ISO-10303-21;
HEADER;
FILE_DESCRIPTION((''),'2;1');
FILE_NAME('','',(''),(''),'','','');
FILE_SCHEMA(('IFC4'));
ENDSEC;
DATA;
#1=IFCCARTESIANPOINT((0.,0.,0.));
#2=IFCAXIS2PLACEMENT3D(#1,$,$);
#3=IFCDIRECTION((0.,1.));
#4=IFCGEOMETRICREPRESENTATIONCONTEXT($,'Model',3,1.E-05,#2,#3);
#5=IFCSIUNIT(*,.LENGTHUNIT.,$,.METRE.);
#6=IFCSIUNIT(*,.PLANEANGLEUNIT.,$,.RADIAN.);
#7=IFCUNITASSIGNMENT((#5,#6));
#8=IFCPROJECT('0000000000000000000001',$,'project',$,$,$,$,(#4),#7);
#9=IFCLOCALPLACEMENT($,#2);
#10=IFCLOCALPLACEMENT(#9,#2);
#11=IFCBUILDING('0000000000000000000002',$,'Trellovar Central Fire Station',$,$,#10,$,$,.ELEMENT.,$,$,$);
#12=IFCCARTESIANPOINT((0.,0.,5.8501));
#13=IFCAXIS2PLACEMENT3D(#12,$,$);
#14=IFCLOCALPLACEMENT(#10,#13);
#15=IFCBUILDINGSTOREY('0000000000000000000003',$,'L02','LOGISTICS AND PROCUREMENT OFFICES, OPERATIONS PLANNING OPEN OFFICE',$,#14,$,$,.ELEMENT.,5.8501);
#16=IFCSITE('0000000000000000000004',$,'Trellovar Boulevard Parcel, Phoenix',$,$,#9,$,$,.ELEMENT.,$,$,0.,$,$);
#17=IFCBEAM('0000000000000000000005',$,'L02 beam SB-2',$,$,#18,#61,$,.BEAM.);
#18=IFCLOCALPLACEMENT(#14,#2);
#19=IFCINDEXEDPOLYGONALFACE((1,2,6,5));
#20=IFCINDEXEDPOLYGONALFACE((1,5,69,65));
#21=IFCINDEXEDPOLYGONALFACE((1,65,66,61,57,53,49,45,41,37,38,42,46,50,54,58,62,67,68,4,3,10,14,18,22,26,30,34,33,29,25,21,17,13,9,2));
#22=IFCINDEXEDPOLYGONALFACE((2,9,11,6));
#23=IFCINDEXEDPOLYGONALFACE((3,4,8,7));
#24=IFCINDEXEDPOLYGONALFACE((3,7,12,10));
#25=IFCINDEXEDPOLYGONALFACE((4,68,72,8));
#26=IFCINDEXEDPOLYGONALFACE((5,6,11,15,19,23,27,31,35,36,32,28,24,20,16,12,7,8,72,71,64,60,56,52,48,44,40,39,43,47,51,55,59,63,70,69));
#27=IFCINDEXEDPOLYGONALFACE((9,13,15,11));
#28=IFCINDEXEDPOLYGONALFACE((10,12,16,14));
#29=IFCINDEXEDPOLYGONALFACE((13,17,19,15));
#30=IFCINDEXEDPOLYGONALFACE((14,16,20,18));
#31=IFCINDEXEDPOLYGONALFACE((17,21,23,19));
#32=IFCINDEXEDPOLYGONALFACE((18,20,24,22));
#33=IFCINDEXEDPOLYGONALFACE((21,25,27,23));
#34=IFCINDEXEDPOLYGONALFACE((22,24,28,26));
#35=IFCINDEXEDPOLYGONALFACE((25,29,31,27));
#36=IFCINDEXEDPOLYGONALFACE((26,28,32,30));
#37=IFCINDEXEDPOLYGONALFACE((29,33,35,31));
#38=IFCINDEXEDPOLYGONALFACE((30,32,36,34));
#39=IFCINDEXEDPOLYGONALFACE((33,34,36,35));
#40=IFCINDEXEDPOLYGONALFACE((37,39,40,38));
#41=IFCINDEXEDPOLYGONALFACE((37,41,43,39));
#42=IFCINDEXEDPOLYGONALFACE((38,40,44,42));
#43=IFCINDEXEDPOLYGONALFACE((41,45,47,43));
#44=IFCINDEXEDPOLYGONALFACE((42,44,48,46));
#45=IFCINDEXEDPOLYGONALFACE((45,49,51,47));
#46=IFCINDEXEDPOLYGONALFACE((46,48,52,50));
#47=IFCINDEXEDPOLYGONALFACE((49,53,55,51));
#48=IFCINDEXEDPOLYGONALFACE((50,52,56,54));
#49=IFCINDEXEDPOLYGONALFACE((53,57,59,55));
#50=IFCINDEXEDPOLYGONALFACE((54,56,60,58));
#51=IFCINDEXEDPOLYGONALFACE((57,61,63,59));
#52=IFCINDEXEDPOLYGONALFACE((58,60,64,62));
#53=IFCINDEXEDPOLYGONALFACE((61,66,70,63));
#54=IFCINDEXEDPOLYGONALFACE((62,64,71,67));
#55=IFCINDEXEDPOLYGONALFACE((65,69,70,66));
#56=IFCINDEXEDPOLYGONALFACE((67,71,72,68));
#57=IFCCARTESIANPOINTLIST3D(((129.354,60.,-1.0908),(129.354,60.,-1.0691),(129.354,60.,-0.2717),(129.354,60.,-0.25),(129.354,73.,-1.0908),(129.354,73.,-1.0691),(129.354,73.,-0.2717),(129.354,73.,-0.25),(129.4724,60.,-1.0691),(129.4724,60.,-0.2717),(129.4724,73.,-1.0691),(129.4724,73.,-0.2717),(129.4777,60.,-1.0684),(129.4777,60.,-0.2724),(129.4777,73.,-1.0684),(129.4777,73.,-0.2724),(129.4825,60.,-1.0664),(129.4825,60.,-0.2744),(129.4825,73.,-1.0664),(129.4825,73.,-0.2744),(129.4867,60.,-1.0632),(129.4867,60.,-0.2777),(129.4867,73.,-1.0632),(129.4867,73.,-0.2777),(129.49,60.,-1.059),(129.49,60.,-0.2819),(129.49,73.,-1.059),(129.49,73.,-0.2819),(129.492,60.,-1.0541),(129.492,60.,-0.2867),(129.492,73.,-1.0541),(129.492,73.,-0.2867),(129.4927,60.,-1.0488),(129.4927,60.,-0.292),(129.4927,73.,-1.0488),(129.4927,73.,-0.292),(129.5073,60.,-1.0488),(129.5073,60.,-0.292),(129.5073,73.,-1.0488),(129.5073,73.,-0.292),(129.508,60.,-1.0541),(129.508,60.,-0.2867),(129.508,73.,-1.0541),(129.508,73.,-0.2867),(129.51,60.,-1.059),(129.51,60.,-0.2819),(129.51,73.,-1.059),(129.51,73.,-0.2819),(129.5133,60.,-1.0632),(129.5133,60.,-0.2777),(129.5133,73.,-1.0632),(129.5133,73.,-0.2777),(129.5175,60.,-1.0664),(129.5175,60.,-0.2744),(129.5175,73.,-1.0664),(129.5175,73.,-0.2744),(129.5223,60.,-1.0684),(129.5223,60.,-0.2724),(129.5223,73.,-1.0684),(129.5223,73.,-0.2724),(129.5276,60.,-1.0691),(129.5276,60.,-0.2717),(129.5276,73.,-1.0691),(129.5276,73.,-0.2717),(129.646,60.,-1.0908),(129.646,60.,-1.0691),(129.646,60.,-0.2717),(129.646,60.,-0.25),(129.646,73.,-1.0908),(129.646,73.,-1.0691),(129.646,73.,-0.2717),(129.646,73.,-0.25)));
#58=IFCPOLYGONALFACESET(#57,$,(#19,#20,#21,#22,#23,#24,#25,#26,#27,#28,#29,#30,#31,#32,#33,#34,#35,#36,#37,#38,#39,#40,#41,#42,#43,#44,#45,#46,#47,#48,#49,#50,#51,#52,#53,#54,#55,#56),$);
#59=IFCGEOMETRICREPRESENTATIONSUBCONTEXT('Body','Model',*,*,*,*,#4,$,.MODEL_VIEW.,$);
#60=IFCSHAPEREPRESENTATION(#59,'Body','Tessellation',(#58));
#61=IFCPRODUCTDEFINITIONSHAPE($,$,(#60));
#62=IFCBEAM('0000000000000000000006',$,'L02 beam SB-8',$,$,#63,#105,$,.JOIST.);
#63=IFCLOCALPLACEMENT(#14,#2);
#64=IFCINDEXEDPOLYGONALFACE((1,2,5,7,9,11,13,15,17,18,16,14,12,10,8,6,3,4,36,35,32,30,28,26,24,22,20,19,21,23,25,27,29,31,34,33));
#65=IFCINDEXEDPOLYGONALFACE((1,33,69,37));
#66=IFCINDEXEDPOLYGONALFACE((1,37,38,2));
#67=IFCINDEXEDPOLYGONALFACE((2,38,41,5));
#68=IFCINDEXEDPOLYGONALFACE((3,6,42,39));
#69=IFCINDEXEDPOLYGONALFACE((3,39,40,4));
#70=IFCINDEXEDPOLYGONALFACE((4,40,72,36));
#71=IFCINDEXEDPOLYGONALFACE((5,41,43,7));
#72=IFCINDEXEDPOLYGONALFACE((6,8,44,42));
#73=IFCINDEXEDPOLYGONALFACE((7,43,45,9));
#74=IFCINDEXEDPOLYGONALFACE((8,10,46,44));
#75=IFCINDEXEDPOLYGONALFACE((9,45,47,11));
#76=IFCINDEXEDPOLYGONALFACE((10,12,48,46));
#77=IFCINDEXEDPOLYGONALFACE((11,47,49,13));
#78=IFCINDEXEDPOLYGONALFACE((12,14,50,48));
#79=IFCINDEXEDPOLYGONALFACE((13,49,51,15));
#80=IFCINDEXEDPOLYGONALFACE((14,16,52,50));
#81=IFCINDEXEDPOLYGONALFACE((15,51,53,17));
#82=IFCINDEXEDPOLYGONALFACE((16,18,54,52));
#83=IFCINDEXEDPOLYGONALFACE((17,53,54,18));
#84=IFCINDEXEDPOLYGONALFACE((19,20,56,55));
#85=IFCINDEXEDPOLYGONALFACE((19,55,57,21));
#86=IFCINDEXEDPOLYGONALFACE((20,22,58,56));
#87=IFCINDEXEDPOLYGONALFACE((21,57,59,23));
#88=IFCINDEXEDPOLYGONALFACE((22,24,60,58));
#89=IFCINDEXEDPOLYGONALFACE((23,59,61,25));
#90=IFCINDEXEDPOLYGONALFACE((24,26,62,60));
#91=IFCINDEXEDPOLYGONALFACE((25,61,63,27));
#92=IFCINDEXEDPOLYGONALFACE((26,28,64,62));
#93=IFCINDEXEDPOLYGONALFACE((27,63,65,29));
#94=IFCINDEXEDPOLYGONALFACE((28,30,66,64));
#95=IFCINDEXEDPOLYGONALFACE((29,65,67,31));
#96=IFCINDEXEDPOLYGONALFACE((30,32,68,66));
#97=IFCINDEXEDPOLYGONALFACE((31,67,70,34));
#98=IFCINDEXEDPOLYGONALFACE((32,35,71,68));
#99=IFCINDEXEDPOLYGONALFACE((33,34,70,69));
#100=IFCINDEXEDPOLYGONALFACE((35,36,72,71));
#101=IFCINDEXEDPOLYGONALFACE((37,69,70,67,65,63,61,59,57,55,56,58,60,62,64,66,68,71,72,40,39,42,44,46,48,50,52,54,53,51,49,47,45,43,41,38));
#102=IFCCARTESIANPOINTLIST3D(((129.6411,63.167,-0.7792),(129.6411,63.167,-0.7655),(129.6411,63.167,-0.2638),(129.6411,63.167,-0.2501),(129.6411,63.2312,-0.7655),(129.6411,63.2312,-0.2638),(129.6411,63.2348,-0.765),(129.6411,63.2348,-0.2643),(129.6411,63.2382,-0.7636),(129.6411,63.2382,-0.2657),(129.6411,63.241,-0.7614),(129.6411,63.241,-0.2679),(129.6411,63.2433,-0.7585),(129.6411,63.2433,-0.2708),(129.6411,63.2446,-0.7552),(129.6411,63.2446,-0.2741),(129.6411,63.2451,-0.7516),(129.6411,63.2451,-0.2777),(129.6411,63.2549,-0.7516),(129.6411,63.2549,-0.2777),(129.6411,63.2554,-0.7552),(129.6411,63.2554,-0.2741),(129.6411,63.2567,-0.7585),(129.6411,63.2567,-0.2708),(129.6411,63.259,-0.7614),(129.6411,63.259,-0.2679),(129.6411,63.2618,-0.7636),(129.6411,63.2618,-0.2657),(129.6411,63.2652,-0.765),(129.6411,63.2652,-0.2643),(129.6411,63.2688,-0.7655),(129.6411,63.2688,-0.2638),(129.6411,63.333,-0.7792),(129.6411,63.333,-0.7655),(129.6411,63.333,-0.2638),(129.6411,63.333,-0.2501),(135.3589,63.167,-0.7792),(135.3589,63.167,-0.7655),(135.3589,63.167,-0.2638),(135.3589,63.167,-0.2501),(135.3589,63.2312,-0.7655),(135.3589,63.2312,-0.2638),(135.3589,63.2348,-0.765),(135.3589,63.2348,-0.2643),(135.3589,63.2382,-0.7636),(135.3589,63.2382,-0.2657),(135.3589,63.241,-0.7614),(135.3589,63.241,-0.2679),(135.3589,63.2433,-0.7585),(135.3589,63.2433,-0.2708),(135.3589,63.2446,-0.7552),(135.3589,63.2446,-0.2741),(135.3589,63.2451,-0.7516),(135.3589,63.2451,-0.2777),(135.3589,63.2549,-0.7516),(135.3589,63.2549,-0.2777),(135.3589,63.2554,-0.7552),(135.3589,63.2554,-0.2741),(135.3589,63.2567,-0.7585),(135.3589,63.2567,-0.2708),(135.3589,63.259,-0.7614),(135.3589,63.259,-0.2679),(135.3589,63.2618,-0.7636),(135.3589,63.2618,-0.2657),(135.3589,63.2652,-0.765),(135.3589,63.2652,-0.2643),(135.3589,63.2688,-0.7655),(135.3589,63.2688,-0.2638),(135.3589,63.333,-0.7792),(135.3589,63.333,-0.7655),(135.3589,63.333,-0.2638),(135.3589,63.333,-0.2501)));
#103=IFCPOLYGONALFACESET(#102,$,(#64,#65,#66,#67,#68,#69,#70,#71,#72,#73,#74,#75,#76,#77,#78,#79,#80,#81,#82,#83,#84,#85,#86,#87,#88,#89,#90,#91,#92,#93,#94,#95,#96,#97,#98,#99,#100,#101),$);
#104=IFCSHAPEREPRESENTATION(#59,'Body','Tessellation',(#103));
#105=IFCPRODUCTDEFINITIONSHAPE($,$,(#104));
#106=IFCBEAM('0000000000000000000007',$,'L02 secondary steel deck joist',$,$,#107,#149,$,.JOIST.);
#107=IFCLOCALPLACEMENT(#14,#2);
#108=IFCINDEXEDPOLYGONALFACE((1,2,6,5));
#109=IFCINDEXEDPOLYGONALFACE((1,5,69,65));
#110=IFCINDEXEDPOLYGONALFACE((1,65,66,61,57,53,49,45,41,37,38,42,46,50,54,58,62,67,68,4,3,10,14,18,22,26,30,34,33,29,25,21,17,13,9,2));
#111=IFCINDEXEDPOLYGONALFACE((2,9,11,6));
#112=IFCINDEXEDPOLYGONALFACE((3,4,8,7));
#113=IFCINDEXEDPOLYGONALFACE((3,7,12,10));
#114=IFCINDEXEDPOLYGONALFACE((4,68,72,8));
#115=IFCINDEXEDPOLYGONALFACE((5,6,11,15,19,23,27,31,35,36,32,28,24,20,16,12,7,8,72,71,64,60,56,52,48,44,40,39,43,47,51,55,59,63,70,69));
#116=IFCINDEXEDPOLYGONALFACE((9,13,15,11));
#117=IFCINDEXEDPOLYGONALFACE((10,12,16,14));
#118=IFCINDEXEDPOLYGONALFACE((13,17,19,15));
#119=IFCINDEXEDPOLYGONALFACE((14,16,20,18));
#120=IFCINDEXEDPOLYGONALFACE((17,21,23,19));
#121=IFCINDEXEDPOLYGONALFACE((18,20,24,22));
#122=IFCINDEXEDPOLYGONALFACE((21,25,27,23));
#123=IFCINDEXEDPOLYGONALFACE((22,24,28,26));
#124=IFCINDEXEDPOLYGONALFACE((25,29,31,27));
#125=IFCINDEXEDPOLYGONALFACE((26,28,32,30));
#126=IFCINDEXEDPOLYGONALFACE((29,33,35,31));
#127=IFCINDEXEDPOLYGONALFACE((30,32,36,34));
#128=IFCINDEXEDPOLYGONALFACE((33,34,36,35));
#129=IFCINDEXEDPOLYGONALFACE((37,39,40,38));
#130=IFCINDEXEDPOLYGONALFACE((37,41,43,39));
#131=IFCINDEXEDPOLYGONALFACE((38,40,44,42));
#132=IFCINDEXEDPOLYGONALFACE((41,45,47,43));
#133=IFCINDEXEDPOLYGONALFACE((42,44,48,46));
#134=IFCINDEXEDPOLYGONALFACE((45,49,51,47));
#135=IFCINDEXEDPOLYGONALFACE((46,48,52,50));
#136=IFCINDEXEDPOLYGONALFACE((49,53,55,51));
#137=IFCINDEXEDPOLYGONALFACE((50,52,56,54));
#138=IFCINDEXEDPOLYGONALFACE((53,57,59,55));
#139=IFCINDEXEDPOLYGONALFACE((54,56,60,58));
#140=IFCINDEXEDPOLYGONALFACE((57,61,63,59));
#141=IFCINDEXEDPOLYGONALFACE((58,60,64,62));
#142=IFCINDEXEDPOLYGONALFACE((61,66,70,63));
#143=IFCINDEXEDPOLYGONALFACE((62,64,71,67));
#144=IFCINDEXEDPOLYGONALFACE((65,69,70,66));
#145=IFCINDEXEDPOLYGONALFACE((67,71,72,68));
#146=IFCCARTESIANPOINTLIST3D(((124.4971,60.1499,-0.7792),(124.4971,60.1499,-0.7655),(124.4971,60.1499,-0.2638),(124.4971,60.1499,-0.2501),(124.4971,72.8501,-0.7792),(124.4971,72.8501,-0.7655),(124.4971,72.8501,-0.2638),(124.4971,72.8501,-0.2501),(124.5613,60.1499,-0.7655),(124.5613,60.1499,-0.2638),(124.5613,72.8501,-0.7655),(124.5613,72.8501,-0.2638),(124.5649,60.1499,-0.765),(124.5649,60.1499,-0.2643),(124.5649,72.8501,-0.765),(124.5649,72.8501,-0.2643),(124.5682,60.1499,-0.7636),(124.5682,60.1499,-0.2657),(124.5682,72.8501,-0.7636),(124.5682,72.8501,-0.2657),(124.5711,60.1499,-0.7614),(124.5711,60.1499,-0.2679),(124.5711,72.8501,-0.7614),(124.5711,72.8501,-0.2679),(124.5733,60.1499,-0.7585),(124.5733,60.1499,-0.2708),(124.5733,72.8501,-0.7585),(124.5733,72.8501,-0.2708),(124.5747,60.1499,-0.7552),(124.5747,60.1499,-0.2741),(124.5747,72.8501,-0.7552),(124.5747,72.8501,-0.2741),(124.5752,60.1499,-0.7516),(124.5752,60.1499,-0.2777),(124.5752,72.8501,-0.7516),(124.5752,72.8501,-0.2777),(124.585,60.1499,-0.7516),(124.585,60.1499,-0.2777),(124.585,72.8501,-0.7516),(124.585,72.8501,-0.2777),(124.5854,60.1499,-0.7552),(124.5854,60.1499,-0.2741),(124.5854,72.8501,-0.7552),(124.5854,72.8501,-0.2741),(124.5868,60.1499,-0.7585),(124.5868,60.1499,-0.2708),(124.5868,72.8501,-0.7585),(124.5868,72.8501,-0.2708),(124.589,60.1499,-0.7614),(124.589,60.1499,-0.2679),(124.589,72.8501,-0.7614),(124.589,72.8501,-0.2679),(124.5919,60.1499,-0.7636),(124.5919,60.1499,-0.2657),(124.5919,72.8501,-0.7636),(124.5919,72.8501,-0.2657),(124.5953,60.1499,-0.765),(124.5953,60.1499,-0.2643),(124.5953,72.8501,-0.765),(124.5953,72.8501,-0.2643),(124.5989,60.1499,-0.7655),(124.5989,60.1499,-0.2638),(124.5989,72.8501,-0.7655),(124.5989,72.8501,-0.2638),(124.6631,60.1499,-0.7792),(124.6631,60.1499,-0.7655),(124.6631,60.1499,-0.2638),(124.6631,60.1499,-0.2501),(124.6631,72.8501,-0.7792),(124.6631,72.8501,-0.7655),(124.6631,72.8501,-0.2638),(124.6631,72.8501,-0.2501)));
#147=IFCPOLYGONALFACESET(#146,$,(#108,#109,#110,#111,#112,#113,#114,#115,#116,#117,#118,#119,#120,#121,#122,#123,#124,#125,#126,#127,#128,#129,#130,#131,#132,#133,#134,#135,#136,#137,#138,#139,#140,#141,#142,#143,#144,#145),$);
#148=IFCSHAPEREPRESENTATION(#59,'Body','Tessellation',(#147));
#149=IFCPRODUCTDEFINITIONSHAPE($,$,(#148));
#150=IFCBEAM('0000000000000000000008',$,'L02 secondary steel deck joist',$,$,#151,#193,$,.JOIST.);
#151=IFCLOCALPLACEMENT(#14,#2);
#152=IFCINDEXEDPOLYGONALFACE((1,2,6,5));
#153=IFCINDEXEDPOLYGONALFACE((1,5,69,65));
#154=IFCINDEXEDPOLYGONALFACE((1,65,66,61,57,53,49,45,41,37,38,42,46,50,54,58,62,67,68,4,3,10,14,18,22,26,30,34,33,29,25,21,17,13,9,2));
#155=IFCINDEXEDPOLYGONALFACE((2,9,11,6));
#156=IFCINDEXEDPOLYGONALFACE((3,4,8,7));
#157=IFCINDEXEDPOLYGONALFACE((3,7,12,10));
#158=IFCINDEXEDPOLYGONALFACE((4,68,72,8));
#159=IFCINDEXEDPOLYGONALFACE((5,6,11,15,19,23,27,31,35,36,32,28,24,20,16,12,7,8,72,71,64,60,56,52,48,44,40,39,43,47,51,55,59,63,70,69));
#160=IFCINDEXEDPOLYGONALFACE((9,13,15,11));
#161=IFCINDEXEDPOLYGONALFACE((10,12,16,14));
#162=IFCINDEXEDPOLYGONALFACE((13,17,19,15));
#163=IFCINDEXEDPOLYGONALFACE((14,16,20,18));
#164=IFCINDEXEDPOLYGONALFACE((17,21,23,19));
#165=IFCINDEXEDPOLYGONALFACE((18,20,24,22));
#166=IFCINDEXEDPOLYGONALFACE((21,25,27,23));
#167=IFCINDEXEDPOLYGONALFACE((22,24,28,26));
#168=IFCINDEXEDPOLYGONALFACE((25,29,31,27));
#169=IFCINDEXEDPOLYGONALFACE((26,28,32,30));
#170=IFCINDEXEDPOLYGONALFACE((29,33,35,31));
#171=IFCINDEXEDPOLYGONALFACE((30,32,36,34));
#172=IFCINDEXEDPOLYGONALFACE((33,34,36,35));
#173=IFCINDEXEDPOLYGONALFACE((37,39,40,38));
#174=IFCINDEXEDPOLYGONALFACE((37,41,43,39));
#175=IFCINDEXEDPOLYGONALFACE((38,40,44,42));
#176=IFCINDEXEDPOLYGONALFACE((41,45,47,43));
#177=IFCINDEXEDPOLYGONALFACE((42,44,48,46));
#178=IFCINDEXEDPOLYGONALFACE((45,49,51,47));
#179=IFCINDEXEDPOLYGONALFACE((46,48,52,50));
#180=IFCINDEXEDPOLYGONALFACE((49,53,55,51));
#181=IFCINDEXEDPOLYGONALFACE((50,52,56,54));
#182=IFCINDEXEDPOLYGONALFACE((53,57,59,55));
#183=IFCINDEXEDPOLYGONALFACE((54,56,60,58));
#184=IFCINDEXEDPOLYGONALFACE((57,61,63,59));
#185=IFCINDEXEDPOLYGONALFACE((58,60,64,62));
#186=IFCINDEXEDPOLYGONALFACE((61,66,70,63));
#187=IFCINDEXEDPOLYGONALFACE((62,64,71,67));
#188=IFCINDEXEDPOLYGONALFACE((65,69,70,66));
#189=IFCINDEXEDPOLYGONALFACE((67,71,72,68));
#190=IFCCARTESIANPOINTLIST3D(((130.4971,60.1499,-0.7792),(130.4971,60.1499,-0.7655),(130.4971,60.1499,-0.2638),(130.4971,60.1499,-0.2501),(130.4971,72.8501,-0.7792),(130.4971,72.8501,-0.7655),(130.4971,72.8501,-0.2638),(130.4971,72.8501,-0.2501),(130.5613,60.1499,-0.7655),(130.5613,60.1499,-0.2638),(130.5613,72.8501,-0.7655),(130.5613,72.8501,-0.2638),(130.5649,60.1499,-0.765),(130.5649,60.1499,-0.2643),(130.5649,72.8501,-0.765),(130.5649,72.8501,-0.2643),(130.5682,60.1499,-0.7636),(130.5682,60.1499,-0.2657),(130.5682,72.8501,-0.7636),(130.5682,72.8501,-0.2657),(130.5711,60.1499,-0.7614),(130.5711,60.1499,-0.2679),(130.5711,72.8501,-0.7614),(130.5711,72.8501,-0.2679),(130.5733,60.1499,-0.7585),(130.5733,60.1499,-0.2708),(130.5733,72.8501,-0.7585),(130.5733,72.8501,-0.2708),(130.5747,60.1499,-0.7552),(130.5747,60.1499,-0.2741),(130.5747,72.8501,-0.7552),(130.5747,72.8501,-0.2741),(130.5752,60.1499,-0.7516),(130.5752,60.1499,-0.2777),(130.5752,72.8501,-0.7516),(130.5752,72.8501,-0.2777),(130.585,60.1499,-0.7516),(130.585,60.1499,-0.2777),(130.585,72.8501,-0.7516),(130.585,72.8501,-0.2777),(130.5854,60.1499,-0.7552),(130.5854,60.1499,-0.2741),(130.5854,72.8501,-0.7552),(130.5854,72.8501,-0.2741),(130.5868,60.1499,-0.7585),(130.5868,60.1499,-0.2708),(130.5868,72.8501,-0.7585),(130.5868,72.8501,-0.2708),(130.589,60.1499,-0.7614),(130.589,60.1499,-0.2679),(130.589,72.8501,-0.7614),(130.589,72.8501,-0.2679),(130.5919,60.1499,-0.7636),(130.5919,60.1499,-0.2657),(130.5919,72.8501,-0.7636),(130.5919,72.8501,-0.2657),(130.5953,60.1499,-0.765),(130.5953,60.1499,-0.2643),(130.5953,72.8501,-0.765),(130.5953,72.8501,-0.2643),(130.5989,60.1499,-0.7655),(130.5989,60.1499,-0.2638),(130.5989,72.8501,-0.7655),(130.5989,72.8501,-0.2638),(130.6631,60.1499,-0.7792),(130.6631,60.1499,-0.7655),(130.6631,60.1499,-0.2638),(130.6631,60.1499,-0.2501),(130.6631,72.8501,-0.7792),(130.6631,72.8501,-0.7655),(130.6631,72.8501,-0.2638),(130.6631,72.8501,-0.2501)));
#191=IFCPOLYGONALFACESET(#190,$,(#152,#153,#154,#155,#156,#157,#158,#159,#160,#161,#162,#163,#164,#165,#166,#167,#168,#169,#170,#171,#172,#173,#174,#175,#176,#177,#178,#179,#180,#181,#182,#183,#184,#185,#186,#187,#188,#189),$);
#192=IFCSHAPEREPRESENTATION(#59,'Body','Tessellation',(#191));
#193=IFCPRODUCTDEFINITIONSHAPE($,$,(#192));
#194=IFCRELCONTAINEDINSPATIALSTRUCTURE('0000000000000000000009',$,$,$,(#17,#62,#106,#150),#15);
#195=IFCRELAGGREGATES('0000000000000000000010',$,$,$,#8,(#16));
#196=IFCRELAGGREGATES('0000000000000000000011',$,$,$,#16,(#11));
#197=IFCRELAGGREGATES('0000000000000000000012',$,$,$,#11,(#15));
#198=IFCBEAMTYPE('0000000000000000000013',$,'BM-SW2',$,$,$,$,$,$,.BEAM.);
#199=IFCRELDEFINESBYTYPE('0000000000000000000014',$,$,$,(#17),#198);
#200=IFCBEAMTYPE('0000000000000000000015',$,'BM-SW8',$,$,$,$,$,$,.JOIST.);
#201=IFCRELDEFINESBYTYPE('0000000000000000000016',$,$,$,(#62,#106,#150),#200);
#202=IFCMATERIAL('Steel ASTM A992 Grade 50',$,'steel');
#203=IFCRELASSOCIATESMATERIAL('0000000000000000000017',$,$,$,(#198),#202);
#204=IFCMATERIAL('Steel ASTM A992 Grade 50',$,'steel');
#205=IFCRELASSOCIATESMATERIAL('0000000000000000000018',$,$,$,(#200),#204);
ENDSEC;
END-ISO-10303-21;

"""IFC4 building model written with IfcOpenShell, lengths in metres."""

from ifc_helpers import new_model, si_unit, direction, frame, origin, origin_2d, place, context, subcontext, project, spatial, i_section, extrude, material, material_profile, profile_set, type_object, element, save


model = new_model("IFC4")

# Units and contexts
model_context = context("Model", 3, precision=1e-05, world=origin(), true_north=direction((0.0, 1.0)))
body_context = subcontext(model_context, "Body", "Model", "MODEL_VIEW")
ifc_project = project(units=[si_unit("LENGTHUNIT", "METRE"), si_unit("PLANEANGLEUNIT", "RADIAN")], contexts=[model_context])

# Site, building, storey
site_placement = place(None, origin())
site = spatial("IfcSite", under=ifc_project, at=site_placement, Name="Trellovar Boulevard Parcel, Phoenix", CompositionType="ELEMENT", RefElevation=0.0)
building_placement = place(site_placement, origin())
building = spatial("IfcBuilding", under=site, at=building_placement, Name="Trellovar Central Fire Station", CompositionType="ELEMENT")
storey_placement = place(building_placement, frame((0.0, 0.0, 5.8501)))
storey = spatial("IfcBuildingStorey", under=building, at=storey_placement, Name="L02", Description="LOGISTICS AND PROCUREMENT OFFICES, OPERATIONS PLANNING OPEN OFFICE", CompositionType="ELEMENT", Elevation=5.8501)

# Beams
ifc_material_1 = material(Name="Steel ASTM A992 Grade 50", Category="steel")
ifc_material_profile_1 = material_profile(ifc_material_1, i_section(OverallWidth=0.292, OverallDepth=0.8408, WebThickness=0.0146, FlangeThickness=0.0217, FilletRadius=0.0203, at=origin_2d()), Name="W33X130")
ifc_profile_set_1 = profile_set([ifc_material_profile_1], Name="Steel ASTM A992 Grade 50")
beam_type_1 = type_object("IfcBeamType", Name="BM-SW2", PredefinedType="BEAM", material=ifc_profile_set_1)
beam_1_placement = place(storey_placement, frame((129.5, 60.0, -0.6704), z_axis=(0.0, 1.0, 0.0), x_axis=(-1.0, 0.0, 0.0)))
element("IfcBeam", 1, at=beam_1_placement, inside=storey, type_object=beam_type_1, Name="L02 beam SB-2", PredefinedType="BEAM", context=body_context, shape_type="SweptSolid", body=[
    extrude(i_section(OverallWidth=0.292, OverallDepth=0.8408, WebThickness=0.0146, FlangeThickness=0.0217, FilletRadius=0.0203, at=origin_2d()), origin(), (0.0, 0.0, 1.0), 13.0),
])
ifc_material_2 = material(Name="Steel ASTM A992 Grade 50", Category="steel")
ifc_material_profile_2 = material_profile(ifc_material_2, i_section(OverallWidth=0.166, OverallDepth=0.5291, WebThickness=0.0098, FlangeThickness=0.0137, FilletRadius=0.0139, at=origin_2d()), Name="W21X50")
ifc_profile_set_2 = profile_set([ifc_material_profile_2], Name="Steel ASTM A992 Grade 50")
beam_type_2 = type_object("IfcBeamType", Name="BM-SW8", PredefinedType="JOIST", material=ifc_profile_set_2)
beam_2_placement = place(storey_placement, frame((129.6411, 63.25, -0.5146), z_axis=(1.0, 0.0, 0.0), x_axis=(0.0, 1.0, 0.0)))
element("IfcBeam", 2, at=beam_2_placement, inside=storey, type_object=beam_type_2, Name="L02 beam SB-8", PredefinedType="JOIST", context=body_context, shape_type="SweptSolid", body=[
    extrude(i_section(OverallWidth=0.166, OverallDepth=0.5291, WebThickness=0.0098, FlangeThickness=0.0137, FilletRadius=0.0139, at=origin_2d()), origin(), (0.0, 0.0, 1.0), 5.7178),
])
for number, where, z_axis, x_axis, name in (
    (3, (124.5801, 60.1499, -0.5146), (0.0, 1.0, 0.0), (-1.0, 0.0, 0.0), "L02 secondary steel deck joist"),
    (4, (130.5801, 60.1499, -0.5146), (0.0, 1.0, 0.0), (-1.0, 0.0, 0.0), "L02 secondary steel deck joist"),
):
    element("IfcBeam", number, at=place(storey_placement, frame(where, z_axis=z_axis, x_axis=x_axis)), inside=storey, type_object=beam_type_2, Name=name, PredefinedType="JOIST", context=body_context, shape_type="SweptSolid", body=[
        extrude(i_section(OverallWidth=0.166, OverallDepth=0.5291, WebThickness=0.0098, FlangeThickness=0.0137, FilletRadius=0.0139, at=origin_2d()), origin(), (0.0, 0.0, 1.0), 12.7002),
    ])

save(model, "model.ifc")
